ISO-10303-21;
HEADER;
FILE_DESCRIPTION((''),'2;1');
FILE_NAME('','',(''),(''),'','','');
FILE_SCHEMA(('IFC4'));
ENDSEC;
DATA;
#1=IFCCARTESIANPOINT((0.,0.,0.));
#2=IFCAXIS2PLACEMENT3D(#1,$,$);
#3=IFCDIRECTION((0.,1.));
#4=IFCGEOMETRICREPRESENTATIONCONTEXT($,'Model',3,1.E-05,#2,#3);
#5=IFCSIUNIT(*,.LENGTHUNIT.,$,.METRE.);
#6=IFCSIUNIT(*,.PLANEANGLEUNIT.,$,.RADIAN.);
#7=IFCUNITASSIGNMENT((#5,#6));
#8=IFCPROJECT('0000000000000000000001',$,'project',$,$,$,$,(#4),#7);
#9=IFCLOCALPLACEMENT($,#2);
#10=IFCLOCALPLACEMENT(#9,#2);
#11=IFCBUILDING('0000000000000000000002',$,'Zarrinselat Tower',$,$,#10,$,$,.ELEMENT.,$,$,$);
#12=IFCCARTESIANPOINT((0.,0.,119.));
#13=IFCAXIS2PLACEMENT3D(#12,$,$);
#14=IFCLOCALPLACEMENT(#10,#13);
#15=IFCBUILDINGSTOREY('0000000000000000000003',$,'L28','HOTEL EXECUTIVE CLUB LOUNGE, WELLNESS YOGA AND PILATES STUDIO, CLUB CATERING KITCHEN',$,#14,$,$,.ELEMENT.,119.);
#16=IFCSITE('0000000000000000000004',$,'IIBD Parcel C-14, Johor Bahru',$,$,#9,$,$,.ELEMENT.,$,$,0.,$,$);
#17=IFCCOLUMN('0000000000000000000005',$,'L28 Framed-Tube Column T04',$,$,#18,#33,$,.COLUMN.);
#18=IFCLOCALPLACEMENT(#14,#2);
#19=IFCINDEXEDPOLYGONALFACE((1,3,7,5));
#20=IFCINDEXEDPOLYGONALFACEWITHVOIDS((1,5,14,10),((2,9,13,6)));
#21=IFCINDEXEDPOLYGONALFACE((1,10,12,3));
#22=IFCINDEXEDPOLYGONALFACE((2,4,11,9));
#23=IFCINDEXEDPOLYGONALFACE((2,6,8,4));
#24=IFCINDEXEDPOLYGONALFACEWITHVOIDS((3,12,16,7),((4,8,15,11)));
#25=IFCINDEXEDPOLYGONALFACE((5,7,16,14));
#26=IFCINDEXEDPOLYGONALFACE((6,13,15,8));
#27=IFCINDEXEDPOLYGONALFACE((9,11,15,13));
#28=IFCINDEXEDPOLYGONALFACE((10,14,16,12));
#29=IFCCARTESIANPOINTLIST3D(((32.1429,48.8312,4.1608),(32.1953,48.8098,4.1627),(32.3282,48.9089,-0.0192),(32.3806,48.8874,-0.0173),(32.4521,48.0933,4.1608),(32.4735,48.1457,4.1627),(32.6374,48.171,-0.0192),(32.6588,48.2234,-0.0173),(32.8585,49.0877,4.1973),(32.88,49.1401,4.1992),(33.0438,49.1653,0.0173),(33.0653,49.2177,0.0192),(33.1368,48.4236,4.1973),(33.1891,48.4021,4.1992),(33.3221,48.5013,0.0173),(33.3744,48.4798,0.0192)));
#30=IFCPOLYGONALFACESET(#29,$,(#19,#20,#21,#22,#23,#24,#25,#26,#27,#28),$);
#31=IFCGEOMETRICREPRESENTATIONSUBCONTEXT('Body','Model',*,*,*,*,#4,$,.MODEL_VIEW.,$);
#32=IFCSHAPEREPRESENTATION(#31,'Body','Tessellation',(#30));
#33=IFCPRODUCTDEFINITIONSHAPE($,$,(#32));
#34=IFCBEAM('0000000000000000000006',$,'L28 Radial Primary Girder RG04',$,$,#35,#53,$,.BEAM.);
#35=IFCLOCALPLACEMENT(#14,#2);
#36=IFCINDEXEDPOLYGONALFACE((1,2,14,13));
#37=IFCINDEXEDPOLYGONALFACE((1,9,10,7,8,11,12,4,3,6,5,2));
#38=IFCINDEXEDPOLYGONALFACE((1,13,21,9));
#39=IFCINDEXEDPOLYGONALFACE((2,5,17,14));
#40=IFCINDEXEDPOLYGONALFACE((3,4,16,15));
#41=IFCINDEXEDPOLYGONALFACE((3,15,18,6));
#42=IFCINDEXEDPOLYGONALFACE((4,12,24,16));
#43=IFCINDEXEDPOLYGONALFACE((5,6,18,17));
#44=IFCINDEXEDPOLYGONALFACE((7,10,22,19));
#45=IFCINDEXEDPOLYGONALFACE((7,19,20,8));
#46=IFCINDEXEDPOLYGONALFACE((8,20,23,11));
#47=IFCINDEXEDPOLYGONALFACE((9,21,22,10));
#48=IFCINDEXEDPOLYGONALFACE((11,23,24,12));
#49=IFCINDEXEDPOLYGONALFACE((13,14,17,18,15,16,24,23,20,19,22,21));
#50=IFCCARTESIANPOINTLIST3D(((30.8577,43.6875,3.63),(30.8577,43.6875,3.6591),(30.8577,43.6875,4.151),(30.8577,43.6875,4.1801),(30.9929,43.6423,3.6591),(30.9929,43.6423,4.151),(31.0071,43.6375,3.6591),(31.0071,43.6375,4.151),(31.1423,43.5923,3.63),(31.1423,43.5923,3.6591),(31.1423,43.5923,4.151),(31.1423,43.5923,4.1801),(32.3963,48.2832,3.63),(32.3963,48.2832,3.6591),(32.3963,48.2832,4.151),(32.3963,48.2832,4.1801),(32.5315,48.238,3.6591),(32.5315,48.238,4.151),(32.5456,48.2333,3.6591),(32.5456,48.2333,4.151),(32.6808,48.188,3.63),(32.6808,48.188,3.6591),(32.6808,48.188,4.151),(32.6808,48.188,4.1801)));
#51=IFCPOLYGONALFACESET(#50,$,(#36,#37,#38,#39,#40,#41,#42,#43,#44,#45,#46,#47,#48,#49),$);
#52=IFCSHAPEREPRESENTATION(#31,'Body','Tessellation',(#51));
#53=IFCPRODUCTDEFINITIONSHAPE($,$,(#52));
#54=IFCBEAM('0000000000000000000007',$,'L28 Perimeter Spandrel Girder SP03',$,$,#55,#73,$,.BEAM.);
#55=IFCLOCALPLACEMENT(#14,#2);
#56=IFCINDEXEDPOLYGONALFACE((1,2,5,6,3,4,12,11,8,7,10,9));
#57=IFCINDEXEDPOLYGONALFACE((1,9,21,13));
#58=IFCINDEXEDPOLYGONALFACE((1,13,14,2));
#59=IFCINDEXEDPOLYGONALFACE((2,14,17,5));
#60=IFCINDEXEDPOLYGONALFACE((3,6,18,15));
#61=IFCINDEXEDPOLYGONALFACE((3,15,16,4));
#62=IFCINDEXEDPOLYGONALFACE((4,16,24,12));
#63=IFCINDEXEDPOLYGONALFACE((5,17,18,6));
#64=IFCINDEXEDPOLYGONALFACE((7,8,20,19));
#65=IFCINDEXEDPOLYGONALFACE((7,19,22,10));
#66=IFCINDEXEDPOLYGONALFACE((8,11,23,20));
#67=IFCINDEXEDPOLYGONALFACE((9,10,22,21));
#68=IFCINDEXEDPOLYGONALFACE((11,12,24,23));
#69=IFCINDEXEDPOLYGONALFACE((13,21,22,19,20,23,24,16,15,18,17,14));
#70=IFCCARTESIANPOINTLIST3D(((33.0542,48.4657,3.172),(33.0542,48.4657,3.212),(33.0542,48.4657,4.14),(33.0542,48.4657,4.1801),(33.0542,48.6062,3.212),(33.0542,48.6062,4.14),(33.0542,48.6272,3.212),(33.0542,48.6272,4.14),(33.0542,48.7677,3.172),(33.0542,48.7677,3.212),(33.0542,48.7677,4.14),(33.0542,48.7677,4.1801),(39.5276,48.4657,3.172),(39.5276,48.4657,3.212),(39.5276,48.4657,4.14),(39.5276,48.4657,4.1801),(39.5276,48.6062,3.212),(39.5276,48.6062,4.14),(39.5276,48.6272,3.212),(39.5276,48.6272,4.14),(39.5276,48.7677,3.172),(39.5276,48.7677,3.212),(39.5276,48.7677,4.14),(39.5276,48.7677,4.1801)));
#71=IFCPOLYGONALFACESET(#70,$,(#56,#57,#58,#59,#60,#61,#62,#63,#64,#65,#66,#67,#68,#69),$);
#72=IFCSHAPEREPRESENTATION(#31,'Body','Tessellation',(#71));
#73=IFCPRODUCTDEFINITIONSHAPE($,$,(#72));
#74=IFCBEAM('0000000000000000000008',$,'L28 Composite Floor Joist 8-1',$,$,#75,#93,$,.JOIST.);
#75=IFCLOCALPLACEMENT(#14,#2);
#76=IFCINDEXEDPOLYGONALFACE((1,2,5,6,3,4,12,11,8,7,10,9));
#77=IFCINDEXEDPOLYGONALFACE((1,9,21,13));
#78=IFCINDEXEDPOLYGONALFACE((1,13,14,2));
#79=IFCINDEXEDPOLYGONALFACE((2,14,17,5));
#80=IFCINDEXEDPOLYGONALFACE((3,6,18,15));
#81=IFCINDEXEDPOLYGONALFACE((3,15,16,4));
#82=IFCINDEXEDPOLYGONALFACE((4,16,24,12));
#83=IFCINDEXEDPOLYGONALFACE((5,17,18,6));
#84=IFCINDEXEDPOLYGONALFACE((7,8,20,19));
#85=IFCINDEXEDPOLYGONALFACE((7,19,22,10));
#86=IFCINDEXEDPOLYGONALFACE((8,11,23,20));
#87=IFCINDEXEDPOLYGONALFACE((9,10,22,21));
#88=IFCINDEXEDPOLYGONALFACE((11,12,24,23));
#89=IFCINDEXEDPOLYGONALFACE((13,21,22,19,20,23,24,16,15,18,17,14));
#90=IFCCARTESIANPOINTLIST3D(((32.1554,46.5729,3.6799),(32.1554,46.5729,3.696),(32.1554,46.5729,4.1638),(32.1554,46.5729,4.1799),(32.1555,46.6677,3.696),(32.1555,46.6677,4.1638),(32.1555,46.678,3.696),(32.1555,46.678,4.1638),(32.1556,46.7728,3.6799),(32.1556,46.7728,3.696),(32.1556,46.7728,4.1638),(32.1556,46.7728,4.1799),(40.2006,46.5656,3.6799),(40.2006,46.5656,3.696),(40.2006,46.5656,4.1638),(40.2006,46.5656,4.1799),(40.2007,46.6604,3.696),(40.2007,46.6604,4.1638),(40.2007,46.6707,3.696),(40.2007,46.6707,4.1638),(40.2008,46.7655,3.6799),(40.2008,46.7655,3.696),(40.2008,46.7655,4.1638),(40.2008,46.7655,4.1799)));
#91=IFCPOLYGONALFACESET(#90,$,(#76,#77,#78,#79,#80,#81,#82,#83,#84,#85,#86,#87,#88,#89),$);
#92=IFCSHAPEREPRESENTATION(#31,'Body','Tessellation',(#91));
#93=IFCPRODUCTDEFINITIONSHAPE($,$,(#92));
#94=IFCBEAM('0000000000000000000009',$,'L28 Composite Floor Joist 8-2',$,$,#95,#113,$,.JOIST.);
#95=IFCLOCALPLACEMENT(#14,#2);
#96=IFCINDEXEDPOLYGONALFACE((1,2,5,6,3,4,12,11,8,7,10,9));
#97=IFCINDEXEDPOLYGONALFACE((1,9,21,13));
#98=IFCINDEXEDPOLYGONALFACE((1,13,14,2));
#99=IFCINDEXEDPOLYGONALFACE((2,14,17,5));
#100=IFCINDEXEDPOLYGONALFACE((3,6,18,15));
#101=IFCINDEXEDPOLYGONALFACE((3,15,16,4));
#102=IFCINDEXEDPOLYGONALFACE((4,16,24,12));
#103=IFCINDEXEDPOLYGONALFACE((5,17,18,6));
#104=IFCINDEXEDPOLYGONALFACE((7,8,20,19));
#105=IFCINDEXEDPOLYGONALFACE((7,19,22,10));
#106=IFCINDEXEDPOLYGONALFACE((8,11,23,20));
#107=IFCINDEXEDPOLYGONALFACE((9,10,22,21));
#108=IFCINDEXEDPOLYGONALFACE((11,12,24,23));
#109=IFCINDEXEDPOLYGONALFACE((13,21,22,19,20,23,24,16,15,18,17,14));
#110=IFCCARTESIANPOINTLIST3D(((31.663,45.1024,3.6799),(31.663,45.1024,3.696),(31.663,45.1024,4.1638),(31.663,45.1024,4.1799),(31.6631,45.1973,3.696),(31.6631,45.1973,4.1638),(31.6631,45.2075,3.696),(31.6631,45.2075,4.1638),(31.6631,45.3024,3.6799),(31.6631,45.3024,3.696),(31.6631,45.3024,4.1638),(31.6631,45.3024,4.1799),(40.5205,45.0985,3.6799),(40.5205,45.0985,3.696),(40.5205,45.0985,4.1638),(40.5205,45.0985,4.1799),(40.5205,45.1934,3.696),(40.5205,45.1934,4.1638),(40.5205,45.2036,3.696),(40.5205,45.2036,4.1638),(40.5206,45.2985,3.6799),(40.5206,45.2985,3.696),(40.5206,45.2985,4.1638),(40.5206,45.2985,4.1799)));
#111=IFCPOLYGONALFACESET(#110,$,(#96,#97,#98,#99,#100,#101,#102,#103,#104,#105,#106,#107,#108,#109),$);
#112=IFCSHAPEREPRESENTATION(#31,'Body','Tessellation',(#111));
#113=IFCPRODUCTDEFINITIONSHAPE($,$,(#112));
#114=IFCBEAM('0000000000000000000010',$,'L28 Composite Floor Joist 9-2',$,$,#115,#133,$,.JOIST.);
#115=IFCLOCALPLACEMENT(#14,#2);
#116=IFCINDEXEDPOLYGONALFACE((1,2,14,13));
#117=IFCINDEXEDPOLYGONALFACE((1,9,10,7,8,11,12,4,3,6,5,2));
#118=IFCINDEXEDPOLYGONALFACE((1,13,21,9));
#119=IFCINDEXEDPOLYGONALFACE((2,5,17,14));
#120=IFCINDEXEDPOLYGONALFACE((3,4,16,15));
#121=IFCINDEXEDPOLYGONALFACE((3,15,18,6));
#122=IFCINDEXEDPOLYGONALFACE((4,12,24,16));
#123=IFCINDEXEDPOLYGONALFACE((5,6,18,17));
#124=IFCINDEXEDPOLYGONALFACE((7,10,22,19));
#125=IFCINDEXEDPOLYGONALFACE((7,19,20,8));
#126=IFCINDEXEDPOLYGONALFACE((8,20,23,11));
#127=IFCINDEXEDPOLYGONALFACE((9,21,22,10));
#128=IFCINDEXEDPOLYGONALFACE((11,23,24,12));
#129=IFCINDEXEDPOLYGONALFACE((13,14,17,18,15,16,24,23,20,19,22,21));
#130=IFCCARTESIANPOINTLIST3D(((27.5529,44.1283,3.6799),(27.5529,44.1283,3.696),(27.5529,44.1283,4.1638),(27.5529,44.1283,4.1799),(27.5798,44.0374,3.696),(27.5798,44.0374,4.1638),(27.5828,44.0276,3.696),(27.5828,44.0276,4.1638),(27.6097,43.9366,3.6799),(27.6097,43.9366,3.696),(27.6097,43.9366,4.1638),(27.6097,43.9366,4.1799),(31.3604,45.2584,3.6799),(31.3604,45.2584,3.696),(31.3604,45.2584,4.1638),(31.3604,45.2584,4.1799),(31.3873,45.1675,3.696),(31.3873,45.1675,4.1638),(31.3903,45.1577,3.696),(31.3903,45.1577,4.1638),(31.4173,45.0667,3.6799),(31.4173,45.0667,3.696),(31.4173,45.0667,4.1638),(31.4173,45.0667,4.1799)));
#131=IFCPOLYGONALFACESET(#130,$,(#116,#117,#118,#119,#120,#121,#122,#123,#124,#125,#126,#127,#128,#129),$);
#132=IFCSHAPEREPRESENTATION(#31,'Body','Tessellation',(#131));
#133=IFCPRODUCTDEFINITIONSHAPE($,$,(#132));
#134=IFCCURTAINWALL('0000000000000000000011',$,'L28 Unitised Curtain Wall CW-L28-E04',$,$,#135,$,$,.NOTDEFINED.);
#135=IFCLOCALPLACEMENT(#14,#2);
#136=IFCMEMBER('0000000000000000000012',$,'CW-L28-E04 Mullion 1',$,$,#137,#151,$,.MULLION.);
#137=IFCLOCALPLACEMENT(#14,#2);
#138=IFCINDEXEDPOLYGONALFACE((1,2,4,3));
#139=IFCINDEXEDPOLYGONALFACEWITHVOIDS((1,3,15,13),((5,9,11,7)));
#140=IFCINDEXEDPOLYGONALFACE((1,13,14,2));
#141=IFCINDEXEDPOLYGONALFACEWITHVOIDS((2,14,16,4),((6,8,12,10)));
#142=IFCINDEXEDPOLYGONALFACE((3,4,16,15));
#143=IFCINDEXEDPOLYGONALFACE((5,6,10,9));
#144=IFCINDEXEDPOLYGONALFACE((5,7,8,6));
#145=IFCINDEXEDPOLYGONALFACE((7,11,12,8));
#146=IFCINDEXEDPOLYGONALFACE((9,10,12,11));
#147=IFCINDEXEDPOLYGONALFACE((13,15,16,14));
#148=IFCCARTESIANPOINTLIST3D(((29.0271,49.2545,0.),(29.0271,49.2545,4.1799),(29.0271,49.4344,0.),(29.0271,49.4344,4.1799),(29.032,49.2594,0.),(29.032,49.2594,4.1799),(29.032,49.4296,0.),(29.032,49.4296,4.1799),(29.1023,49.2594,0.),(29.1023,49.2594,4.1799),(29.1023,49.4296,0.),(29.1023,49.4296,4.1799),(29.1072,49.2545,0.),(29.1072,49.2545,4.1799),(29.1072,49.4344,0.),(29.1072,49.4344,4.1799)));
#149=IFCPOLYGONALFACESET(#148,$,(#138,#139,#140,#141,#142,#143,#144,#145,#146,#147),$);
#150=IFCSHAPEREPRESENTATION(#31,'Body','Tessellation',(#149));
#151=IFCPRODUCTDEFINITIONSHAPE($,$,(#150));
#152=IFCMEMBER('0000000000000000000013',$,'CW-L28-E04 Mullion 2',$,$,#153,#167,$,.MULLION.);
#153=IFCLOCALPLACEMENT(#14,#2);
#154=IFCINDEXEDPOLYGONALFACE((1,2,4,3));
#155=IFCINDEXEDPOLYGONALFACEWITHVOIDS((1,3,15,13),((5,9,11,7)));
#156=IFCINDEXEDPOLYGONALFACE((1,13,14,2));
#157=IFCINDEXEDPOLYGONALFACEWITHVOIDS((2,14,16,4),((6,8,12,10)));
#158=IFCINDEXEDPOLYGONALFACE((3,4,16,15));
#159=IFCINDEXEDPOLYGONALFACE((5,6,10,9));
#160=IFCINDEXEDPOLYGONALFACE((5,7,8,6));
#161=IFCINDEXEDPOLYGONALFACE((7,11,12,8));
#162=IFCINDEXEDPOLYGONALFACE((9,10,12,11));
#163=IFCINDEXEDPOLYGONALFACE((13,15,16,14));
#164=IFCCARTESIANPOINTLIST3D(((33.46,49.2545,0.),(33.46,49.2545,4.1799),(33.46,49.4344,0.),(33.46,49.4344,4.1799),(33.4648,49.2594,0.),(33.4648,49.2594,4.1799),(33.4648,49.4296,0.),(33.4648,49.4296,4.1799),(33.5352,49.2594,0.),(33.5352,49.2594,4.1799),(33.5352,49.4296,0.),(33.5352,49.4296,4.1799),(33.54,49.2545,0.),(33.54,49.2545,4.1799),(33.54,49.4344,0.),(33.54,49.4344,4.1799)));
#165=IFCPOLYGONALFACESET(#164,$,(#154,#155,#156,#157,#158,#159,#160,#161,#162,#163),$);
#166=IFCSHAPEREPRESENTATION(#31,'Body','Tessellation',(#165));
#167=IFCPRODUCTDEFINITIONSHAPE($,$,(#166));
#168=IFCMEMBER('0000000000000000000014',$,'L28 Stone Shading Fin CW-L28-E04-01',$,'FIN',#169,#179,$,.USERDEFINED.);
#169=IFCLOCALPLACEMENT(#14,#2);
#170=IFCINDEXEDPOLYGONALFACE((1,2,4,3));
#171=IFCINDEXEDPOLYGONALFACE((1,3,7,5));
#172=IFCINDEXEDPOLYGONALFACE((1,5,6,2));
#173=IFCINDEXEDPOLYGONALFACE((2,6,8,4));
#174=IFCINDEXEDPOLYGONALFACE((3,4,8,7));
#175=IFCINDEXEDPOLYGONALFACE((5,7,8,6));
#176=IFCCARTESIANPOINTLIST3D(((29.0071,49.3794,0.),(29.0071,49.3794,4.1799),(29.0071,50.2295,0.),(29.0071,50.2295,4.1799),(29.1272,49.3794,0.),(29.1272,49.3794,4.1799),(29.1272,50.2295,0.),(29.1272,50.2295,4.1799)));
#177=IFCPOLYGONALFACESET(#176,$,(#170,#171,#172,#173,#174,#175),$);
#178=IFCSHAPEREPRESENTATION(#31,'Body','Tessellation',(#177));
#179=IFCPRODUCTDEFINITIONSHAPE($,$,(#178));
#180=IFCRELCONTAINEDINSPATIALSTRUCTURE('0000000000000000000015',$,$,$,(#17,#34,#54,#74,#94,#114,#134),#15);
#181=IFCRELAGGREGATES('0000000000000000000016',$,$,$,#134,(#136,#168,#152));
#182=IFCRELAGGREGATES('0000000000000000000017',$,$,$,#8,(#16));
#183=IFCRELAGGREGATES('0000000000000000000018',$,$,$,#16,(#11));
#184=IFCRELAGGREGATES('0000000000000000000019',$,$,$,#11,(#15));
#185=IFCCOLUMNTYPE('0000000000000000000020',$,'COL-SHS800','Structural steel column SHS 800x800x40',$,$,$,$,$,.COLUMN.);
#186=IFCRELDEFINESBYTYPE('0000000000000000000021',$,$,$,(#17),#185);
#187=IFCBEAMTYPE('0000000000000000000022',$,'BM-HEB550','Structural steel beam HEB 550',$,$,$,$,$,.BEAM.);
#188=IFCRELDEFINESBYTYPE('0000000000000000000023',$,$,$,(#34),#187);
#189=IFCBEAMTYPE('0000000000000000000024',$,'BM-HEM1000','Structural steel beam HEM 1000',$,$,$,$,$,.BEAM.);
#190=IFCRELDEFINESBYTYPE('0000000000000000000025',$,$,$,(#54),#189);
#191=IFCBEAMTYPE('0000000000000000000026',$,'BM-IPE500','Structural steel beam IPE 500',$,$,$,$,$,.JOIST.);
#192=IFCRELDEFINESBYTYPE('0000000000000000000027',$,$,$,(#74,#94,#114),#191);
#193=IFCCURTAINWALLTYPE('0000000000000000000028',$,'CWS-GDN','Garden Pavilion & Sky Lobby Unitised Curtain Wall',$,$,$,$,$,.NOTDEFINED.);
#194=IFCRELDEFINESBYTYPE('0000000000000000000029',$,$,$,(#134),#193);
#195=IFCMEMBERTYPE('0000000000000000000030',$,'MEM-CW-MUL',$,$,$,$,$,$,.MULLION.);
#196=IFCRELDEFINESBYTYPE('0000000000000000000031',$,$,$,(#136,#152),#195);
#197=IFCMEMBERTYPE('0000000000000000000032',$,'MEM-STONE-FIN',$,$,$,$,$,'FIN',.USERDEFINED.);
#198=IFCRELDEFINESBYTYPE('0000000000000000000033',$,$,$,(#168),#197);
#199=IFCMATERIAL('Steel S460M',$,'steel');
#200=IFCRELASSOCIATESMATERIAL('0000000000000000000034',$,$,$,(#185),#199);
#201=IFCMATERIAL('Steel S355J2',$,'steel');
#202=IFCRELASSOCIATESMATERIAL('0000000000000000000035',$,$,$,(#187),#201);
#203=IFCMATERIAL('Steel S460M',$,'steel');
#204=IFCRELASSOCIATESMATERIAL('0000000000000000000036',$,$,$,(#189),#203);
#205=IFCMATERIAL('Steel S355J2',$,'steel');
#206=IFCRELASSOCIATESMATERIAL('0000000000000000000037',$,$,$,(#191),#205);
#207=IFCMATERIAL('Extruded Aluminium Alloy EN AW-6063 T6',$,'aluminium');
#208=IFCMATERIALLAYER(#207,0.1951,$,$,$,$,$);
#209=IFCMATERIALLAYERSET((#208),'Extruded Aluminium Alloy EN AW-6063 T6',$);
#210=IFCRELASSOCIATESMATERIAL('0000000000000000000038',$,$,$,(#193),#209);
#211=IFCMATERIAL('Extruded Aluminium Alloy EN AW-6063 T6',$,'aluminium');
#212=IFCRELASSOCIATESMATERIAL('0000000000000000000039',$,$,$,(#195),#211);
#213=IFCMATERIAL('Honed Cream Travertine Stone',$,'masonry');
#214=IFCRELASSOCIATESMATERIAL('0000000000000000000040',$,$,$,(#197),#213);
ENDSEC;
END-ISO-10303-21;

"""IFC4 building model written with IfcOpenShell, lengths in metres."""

from ifc_helpers import new_model, si_unit, direction, frame, origin, origin_2d, place, context, subcontext, project, spatial, rectangle, hollow_rectangle, i_section, extrude, material, layer, layer_set, material_profile, profile_set, type_object, element, aggregate, save


model = new_model("IFC4")

# Units and contexts
model_context = context("Model", 3, precision=1e-05, world=origin(), true_north=direction((0.0, 1.0)))
body_context = subcontext(model_context, "Body", "Model", "MODEL_VIEW")
ifc_project = project(units=[si_unit("LENGTHUNIT", "METRE"), si_unit("PLANEANGLEUNIT", "RADIAN")], contexts=[model_context])

# Site, building, storey
site_placement = place(None, origin())
site = spatial("IfcSite", under=ifc_project, at=site_placement, Name="IIBD Parcel C-14, Johor Bahru", CompositionType="ELEMENT", RefElevation=0.0)
building_placement = place(site_placement, origin())
building = spatial("IfcBuilding", under=site, at=building_placement, Name="Zarrinselat Tower", CompositionType="ELEMENT")
storey_placement = place(building_placement, frame((0.0, 0.0, 119.0)))
storey = spatial("IfcBuildingStorey", under=building, at=storey_placement, Name="L28", Description="HOTEL EXECUTIVE CLUB LOUNGE, WELLNESS YOGA AND PILATES STUDIO, CLUB CATERING KITCHEN", CompositionType="ELEMENT", Elevation=119.0)

# Column
ifc_material_1 = material(Name="Steel S460M", Category="steel")
ifc_material_profile_1 = material_profile(ifc_material_1, hollow_rectangle(XDim=0.8, YDim=0.8, WallThickness=0.04, at=origin_2d()), Name="SHS 800x800x40")
ifc_profile_set_1 = profile_set([ifc_material_profile_1], Name="Steel S460M")
column_type = type_object("IfcColumnType", Name="COL-SHS800", Description="Structural steel column SHS 800x800x40", PredefinedType="COLUMN", material=ifc_profile_set_1)
column_placement = place(storey_placement, frame((32.8513, 48.6943, 0.0), z_axis=(-0.04428, -0.018552, 0.998847), x_axis=(0.386427, -0.92232, 0.0)))
element("IfcColumn", 1, at=column_placement, inside=storey, type_object=column_type, Name="L28 Framed-Tube Column T04", PredefinedType="COLUMN", context=body_context, shape_type="SweptSolid", body=[
    extrude(hollow_rectangle(XDim=0.8, YDim=0.8, WallThickness=0.04, at=origin_2d()), origin(), (0.0, 0.0, 1.0), 4.1848),
])

# Beams
ifc_material_2 = material(Name="Steel S355J2", Category="steel")
ifc_material_profile_2 = material_profile(ifc_material_2, i_section(OverallWidth=0.3, OverallDepth=0.55, WebThickness=0.0149, FlangeThickness=0.0291, at=origin_2d()), Name="HEB 550")
ifc_profile_set_2 = profile_set([ifc_material_profile_2], Name="Steel S355J2")
beam_type_1 = type_object("IfcBeamType", Name="BM-HEB550", Description="Structural steel beam HEB 550", PredefinedType="BEAM", material=ifc_profile_set_2)
beam_1_placement = place(storey_placement, frame((31.0, 43.6399, 3.905), z_axis=(0.317467, 0.948269, 0.0), x_axis=(-0.948269, 0.317467, 0.0)))
element("IfcBeam", 2, at=beam_1_placement, inside=storey, type_object=beam_type_1, Name="L28 Radial Primary Girder RG04", PredefinedType="BEAM", context=body_context, shape_type="SweptSolid", body=[
    extrude(i_section(OverallWidth=0.3, OverallDepth=0.55, WebThickness=0.0149, FlangeThickness=0.0291, at=origin_2d()), origin(), (0.0, 0.0, 1.0), 4.8464),
])
ifc_material_3 = material(Name="Steel S460M", Category="steel")
ifc_material_profile_3 = material_profile(ifc_material_3, i_section(OverallWidth=0.302, OverallDepth=1.0081, WebThickness=0.021, FlangeThickness=0.04, at=origin_2d()), Name="HEM 1000")
ifc_profile_set_3 = profile_set([ifc_material_profile_3], Name="Steel S460M")
beam_type_2 = type_object("IfcBeamType", Name="BM-HEM1000", Description="Structural steel beam HEM 1000", PredefinedType="BEAM", material=ifc_profile_set_3)
beam_2_placement = place(storey_placement, frame((33.0542, 48.6167, 3.676), z_axis=(1.0, 0.0, 0.0), x_axis=(0.0, 1.0, 0.0)))
element("IfcBeam", 3, at=beam_2_placement, inside=storey, type_object=beam_type_2, Name="L28 Perimeter Spandrel Girder SP03", PredefinedType="BEAM", context=body_context, shape_type="SweptSolid", body=[
    extrude(i_section(OverallWidth=0.302, OverallDepth=1.0081, WebThickness=0.021, FlangeThickness=0.04, at=origin_2d()), origin(), (0.0, 0.0, 1.0), 6.4734),
])
ifc_material_4 = material(Name="Steel S355J2", Category="steel")
ifc_material_profile_4 = material_profile(ifc_material_4, i_section(OverallWidth=0.2, OverallDepth=0.5, WebThickness=0.0103, FlangeThickness=0.0161, at=origin_2d()), Name="IPE 500")
ifc_profile_set_4 = profile_set([ifc_material_profile_4], Name="Steel S355J2")
beam_type_3 = type_object("IfcBeamType", Name="BM-IPE500", Description="Structural steel beam IPE 500", PredefinedType="JOIST", material=ifc_profile_set_4)
beam_3_placement = place(storey_placement, frame((32.1555, 46.6729, 3.9299), z_axis=(1.0, -0.00091, 0.0), x_axis=(0.00091, 1.0, 0.0)))
element("IfcBeam", 4, at=beam_3_placement, inside=storey, type_object=beam_type_3, Name="L28 Composite Floor Joist 8-1", PredefinedType="JOIST", context=body_context, shape_type="SweptSolid", body=[
    extrude(i_section(OverallWidth=0.2, OverallDepth=0.5, WebThickness=0.0103, FlangeThickness=0.0161, at=origin_2d()), origin(), (0.0, 0.0, 1.0), 8.0452),
])
beam_4_placement = place(storey_placement, frame((31.6631, 45.2024, 3.9299), z_axis=(1.0, -0.000441, 0.0), x_axis=(0.000441, 1.0, 0.0)))
element("IfcBeam", 5, at=beam_4_placement, inside=storey, type_object=beam_type_3, Name="L28 Composite Floor Joist 8-2", PredefinedType="JOIST", context=body_context, shape_type="SweptSolid", body=[
    extrude(i_section(OverallWidth=0.2, OverallDepth=0.5, WebThickness=0.0103, FlangeThickness=0.0161, at=origin_2d()), origin(), (0.0, 0.0, 1.0), 8.8574),
])
beam_5_placement = place(storey_placement, frame((27.5813, 44.0325, 3.9299), z_axis=(0.958665, 0.284538, 0.0), x_axis=(-0.284538, 0.958665, 0.0)))
element("IfcBeam", 6, at=beam_5_placement, inside=storey, type_object=beam_type_3, Name="L28 Composite Floor Joist 9-2", PredefinedType="JOIST", context=body_context, shape_type="SweptSolid", body=[
    extrude(i_section(OverallWidth=0.2, OverallDepth=0.5, WebThickness=0.0103, FlangeThickness=0.0161, at=origin_2d()), origin(), (0.0, 0.0, 1.0), 3.9717),
])

# Curtain wall, members
ifc_material_5 = material(Name="Extruded Aluminium Alloy EN AW-6063 T6", Category="aluminium")
ifc_layer_1 = layer(ifc_material_5, 0.1951)
ifc_layer_set_1 = layer_set([ifc_layer_1], Name="Extruded Aluminium Alloy EN AW-6063 T6")
curtain_wall_type = type_object("IfcCurtainWallType", Name="CWS-GDN", Description="Garden Pavilion & Sky Lobby Unitised Curtain Wall", PredefinedType="NOTDEFINED", material=ifc_layer_set_1)
curtain_wall_placement = place(storey_placement, origin())
curtain_wall = element("IfcCurtainWall", 7, at=curtain_wall_placement, inside=storey, type_object=curtain_wall_type, Name="L28 Unitised Curtain Wall CW-L28-E04", PredefinedType="NOTDEFINED")
ifc_material_6 = material(Name="Extruded Aluminium Alloy EN AW-6063 T6", Category="aluminium")
ifc_material_profile_5 = material_profile(ifc_material_6, hollow_rectangle(XDim=0.0801, YDim=0.1799, WallThickness=0.0049, at=origin_2d()), Name="RHS 180x80x5")
ifc_profile_set_5 = profile_set([ifc_material_profile_5], Name="Extruded Aluminium Alloy EN AW-6063 T6")
member_type_1 = type_object("IfcMemberType", Name="MEM-CW-MUL", PredefinedType="MULLION", material=ifc_profile_set_5)
member_1_placement = place(storey_placement, frame((29.0671, 49.3445, 0.0), z_axis=(0.0, 0.0, 1.0), x_axis=(1.0, 0.0, 0.0)))
member_1 = element("IfcMember", 8, at=member_1_placement, type_object=member_type_1, Name="CW-L28-E04 Mullion 1", PredefinedType="MULLION", context=body_context, shape_type="SweptSolid", body=[
    extrude(hollow_rectangle(XDim=0.0801, YDim=0.1799, WallThickness=0.0049, at=origin_2d()), origin(), (0.0, 0.0, 1.0), 4.1799),
])
member_2_placement = place(storey_placement, frame((33.5, 49.3445, 0.0), z_axis=(0.0, 0.0, 1.0), x_axis=(1.0, 0.0, 0.0)))
member_2 = element("IfcMember", 9, at=member_2_placement, type_object=member_type_1, Name="CW-L28-E04 Mullion 2", PredefinedType="MULLION", context=body_context, shape_type="SweptSolid", body=[
    extrude(hollow_rectangle(XDim=0.0801, YDim=0.1799, WallThickness=0.0049, at=origin_2d()), origin(), (0.0, 0.0, 1.0), 4.1799),
])
ifc_material_7 = material(Name="Honed Cream Travertine Stone", Category="masonry")
ifc_material_profile_6 = material_profile(ifc_material_7, rectangle(XDim=0.1201, YDim=0.8501, at=origin_2d()), Name="FIN 850x120")
ifc_profile_set_6 = profile_set([ifc_material_profile_6], Name="Honed Cream Travertine Stone")
member_type_2 = type_object("IfcMemberType", Name="MEM-STONE-FIN", ElementType="FIN", PredefinedType="USERDEFINED", material=ifc_profile_set_6)
member_3_placement = place(storey_placement, frame((29.0671, 49.8044, 0.0), z_axis=(0.0, 0.0, 1.0), x_axis=(1.0, 0.0, 0.0)))
member_3 = element("IfcMember", 10, at=member_3_placement, type_object=member_type_2, Name="L28 Stone Shading Fin CW-L28-E04-01", ObjectType="FIN", PredefinedType="USERDEFINED", context=body_context, shape_type="SweptSolid", body=[
    extrude(rectangle(XDim=0.1201, YDim=0.8501, at=origin_2d()), origin(), (0.0, 0.0, 1.0), 4.1799),
])
aggregate(curtain_wall, [member_1, member_3, member_2])

save(model, "model.ifc")
